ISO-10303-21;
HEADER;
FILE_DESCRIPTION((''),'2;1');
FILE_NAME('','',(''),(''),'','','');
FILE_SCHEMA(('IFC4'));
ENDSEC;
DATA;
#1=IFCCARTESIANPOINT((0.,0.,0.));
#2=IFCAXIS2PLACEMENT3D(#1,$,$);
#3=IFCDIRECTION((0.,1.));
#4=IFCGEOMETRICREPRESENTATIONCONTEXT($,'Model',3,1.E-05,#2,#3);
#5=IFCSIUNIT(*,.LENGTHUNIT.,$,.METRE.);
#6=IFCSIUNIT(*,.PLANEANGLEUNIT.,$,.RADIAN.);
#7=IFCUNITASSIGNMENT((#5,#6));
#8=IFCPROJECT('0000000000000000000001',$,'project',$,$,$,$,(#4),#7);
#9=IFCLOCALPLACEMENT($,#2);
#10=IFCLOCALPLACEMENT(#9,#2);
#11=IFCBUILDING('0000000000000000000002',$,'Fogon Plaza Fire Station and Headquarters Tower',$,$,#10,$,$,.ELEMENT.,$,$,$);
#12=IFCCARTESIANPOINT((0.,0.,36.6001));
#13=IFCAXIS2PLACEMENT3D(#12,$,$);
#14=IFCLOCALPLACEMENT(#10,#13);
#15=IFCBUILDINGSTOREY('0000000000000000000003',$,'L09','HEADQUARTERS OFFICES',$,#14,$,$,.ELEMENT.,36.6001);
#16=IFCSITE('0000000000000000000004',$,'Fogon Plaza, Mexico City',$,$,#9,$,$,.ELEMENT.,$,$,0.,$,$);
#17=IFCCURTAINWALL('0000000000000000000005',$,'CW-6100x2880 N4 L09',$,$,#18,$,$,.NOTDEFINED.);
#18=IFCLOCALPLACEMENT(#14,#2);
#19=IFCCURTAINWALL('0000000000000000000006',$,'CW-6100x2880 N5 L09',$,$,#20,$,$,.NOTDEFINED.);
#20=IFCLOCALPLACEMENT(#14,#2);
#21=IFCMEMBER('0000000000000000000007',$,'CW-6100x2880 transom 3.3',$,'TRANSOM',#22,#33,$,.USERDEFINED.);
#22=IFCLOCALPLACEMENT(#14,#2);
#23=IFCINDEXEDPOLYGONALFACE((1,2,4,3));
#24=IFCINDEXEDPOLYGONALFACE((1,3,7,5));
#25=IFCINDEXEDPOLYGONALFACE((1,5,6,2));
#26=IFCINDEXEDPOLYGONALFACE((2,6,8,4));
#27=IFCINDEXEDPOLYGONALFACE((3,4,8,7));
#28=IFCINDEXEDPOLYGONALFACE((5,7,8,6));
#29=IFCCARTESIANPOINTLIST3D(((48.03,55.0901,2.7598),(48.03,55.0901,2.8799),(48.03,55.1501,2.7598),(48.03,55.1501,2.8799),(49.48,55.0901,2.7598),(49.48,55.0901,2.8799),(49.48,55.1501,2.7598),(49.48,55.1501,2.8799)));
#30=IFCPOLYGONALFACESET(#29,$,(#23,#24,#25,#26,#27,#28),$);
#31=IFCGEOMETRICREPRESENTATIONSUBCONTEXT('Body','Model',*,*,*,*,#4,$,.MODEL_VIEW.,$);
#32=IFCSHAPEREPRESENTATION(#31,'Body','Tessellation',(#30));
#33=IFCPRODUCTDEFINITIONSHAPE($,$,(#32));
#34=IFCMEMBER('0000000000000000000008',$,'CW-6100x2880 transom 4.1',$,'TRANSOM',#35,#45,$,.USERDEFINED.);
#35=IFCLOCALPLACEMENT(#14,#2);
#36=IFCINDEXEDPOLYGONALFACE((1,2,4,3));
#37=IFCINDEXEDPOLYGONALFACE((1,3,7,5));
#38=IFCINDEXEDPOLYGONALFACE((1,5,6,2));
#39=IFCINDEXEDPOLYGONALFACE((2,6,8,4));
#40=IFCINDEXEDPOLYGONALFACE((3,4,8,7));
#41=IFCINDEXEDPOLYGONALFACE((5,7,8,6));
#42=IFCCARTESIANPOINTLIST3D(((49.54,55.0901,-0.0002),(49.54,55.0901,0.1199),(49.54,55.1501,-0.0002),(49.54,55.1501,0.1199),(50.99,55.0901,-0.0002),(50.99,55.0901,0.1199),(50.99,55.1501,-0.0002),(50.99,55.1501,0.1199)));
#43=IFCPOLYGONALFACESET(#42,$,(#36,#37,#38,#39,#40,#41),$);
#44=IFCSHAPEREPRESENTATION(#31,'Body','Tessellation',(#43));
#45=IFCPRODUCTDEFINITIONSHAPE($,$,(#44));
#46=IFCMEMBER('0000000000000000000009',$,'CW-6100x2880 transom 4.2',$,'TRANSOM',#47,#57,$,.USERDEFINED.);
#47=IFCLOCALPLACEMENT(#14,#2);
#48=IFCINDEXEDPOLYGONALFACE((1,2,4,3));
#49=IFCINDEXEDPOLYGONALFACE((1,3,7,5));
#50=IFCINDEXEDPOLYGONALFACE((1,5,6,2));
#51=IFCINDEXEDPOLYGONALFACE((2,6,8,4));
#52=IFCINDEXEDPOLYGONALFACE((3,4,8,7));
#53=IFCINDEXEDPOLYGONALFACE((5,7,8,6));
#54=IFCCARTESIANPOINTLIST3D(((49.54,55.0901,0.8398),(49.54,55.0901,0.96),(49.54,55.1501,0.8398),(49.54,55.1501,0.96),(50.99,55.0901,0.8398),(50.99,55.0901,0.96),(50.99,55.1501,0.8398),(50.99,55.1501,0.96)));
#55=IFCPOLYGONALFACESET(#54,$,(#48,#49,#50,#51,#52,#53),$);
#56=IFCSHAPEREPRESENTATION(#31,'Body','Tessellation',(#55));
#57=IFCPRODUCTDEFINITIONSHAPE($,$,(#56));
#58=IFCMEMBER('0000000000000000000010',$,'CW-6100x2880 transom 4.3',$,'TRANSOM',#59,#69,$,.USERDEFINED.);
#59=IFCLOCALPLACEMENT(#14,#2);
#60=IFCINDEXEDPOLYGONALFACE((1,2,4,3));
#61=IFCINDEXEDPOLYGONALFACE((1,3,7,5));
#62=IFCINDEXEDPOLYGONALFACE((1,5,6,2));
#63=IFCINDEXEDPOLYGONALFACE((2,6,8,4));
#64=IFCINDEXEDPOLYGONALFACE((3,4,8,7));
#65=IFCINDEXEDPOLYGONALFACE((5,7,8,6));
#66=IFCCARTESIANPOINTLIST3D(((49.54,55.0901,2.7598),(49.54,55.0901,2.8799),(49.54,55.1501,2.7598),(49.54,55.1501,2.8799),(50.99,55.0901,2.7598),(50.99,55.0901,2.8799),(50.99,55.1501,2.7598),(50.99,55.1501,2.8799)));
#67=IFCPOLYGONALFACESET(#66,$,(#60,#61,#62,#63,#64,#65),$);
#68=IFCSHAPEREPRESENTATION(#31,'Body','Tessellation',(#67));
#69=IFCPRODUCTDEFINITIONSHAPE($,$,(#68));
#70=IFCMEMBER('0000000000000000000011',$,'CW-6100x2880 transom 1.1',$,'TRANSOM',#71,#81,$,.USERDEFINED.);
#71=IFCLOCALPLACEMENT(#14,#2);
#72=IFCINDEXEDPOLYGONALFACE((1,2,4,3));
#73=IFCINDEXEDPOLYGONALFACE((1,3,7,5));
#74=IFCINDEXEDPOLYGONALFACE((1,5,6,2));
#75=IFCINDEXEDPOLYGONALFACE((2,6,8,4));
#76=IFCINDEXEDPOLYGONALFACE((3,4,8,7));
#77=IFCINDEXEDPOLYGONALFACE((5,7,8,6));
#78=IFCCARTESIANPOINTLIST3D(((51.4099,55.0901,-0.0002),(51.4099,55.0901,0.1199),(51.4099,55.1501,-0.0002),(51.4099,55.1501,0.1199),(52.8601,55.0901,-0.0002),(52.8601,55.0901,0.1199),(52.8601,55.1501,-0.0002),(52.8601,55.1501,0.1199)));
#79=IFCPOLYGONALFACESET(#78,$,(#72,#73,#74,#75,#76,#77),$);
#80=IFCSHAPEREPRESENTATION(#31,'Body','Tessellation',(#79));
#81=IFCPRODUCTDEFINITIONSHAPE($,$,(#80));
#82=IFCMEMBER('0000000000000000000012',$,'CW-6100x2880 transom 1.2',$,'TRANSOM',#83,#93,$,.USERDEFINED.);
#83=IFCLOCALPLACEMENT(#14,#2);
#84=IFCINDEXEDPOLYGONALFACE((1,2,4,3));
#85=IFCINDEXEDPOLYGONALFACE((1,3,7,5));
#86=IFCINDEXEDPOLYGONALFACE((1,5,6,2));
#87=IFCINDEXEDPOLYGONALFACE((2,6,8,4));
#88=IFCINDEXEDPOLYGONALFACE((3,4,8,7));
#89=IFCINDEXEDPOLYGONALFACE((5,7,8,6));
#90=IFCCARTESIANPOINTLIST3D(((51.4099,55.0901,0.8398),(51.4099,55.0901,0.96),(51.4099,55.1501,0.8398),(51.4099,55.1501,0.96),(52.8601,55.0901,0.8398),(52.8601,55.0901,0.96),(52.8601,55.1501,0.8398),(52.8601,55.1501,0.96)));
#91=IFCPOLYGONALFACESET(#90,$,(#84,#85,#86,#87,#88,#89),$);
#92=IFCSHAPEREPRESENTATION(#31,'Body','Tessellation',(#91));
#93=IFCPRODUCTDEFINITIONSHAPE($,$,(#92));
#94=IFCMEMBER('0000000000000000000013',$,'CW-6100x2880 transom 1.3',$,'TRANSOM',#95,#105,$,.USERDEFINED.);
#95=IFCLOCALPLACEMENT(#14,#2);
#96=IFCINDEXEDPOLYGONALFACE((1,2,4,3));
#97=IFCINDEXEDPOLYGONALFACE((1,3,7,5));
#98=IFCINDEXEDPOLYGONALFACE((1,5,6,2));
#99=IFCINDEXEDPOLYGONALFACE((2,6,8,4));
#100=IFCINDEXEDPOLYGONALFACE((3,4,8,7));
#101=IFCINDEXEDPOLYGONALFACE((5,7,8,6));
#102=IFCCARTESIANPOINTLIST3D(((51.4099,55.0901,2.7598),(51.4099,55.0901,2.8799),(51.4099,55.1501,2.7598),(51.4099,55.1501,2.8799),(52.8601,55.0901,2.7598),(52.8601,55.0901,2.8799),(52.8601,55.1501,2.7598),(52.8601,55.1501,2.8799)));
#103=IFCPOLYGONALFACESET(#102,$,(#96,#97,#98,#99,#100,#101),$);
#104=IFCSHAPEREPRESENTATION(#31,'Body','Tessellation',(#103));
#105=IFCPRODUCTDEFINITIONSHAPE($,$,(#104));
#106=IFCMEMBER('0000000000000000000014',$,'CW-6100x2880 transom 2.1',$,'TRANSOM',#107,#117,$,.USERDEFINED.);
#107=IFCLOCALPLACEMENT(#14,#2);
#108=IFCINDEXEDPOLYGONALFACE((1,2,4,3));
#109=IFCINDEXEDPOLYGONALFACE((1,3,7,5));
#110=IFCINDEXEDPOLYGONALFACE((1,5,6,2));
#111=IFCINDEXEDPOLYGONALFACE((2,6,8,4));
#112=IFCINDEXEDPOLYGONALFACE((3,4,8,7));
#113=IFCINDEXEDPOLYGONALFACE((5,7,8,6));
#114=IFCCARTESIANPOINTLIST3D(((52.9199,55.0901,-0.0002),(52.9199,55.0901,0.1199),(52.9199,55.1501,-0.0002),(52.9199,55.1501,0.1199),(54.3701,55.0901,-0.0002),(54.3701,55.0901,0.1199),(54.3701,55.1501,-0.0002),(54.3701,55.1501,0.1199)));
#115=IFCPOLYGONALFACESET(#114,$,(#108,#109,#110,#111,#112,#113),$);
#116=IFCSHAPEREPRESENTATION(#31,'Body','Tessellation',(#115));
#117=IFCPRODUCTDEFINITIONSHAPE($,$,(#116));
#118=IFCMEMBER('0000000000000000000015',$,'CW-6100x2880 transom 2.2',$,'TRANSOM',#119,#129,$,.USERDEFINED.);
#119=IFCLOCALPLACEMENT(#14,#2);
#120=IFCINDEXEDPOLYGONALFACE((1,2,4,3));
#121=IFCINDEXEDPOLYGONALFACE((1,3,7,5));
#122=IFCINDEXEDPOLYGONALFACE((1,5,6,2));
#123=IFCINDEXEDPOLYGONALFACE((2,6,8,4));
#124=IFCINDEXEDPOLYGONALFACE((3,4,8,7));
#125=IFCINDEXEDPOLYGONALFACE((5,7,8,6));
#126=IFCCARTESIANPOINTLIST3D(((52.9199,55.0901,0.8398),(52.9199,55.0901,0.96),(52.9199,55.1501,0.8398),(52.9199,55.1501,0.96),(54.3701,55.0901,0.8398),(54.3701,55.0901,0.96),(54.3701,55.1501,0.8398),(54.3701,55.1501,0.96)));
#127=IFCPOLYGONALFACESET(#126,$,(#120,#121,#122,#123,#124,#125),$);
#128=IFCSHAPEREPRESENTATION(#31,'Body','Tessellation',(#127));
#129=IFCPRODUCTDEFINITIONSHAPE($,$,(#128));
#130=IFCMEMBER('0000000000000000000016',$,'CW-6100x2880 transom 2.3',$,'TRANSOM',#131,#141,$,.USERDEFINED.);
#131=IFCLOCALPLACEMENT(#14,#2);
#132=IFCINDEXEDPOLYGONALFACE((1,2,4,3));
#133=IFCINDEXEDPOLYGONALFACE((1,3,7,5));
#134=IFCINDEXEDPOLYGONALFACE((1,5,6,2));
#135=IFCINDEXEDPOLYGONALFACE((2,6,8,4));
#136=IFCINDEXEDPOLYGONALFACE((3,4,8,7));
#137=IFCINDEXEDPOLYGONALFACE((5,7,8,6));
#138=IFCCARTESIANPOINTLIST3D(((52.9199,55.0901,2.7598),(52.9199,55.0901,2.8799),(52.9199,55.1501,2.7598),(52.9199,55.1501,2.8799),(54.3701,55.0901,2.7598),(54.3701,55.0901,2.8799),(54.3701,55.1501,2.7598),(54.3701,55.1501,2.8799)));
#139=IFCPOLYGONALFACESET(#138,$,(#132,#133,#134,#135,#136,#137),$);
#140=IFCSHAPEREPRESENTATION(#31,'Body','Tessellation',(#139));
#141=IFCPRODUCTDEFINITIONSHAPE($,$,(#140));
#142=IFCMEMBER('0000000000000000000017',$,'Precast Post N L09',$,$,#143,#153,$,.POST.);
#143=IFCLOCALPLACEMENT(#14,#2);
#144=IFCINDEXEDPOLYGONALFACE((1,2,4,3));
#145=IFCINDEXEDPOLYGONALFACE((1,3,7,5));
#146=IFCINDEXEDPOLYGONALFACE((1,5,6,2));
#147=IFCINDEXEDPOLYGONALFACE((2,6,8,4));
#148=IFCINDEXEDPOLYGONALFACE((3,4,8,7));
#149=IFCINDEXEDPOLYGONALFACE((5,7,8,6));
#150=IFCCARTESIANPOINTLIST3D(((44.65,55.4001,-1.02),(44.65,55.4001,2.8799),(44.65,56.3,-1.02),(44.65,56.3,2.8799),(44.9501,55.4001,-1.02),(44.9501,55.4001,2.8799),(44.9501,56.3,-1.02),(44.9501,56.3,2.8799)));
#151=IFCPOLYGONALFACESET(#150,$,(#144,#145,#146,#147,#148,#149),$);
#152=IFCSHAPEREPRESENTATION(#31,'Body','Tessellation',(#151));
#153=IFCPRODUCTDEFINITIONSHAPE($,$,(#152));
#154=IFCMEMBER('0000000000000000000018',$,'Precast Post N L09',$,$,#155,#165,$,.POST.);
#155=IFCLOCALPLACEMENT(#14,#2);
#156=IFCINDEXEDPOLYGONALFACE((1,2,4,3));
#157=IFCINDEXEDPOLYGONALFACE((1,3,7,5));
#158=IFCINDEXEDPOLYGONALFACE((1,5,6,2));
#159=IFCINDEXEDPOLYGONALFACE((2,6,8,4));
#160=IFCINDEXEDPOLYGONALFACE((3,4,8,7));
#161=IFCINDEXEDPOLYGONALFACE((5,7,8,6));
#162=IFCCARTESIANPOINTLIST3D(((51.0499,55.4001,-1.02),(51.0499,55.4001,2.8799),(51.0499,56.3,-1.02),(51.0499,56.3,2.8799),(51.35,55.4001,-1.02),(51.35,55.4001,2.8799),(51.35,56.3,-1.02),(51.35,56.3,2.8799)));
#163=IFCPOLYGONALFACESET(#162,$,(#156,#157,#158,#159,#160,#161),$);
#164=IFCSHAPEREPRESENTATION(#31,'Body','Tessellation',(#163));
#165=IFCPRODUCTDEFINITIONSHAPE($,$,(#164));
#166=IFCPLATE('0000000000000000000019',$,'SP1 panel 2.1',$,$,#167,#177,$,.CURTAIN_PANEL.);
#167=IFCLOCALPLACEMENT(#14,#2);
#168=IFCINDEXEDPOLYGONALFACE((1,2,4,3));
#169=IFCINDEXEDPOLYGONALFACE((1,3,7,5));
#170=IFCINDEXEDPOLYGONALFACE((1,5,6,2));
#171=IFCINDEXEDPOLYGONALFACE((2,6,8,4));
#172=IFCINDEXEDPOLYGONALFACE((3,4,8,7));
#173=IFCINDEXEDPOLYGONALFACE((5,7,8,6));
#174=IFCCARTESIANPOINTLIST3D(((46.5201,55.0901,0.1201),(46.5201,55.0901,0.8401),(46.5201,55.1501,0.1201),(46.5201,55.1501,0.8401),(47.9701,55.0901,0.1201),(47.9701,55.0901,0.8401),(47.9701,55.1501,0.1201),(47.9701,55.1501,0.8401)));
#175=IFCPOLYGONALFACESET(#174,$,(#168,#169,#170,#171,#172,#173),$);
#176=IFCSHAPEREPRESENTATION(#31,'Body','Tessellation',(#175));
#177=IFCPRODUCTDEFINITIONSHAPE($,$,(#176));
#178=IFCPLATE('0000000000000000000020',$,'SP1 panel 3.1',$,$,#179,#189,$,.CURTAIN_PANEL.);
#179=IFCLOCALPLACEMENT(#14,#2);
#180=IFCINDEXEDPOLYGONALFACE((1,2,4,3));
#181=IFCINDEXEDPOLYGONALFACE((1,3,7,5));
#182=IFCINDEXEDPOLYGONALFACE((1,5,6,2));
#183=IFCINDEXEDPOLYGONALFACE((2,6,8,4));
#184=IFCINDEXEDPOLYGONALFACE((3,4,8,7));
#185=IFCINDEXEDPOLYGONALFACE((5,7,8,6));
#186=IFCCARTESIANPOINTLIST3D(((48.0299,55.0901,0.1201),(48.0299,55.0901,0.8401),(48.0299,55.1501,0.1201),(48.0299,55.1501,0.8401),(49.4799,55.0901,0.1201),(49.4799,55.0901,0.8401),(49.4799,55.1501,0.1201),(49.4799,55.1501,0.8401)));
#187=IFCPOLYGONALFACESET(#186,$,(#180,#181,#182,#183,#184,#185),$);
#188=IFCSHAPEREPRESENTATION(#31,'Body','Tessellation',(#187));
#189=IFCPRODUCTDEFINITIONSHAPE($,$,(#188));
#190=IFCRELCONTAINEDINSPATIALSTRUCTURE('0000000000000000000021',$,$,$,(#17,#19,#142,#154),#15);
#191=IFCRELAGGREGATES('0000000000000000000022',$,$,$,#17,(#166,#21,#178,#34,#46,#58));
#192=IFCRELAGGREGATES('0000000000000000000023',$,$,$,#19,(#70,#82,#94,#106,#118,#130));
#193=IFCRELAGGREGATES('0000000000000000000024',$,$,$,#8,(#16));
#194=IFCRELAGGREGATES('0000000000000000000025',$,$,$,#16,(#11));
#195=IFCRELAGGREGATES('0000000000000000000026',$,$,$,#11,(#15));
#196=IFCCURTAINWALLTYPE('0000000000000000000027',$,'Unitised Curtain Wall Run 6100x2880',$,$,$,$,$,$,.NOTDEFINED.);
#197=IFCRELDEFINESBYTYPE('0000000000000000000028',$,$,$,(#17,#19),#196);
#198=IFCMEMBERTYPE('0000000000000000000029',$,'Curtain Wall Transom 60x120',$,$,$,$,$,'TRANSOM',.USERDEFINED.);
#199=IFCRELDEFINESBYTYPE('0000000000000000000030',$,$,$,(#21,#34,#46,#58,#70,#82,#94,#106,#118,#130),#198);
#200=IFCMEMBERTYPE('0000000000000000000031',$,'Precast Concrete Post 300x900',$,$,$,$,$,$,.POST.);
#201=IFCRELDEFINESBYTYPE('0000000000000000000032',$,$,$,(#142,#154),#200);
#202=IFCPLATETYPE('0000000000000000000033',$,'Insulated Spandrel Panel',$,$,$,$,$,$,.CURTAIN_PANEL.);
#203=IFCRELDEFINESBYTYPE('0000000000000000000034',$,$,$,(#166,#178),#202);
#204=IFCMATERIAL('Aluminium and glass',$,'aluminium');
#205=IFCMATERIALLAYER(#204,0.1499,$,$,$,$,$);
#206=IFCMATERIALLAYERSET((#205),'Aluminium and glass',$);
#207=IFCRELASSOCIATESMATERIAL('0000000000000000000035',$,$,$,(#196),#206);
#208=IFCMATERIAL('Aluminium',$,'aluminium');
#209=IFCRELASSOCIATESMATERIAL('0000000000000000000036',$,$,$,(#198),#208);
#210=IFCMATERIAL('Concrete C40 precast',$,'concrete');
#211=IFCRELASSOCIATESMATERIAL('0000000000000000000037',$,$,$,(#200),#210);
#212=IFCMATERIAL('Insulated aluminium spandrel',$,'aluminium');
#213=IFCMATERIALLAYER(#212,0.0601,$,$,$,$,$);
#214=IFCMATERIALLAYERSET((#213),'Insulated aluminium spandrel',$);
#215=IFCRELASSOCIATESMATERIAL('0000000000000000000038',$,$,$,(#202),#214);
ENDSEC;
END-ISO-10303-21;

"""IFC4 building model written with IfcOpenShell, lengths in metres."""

from ifc_helpers import new_model, si_unit, direction, frame, origin, origin_2d, place, context, subcontext, project, spatial, rectangle, extrude, material, layer, layer_set, material_profile, profile_set, type_object, element, aggregate, save


model = new_model("IFC4")

# Units and contexts
model_context = context("Model", 3, precision=1e-05, world=origin(), true_north=direction((0.0, 1.0)))
body_context = subcontext(model_context, "Body", "Model", "MODEL_VIEW")
ifc_project = project(units=[si_unit("LENGTHUNIT", "METRE"), si_unit("PLANEANGLEUNIT", "RADIAN")], contexts=[model_context])

# Site, building, storey
site_placement = place(None, origin())
site = spatial("IfcSite", under=ifc_project, at=site_placement, Name="Fogon Plaza, Mexico City", CompositionType="ELEMENT", RefElevation=0.0)
building_placement = place(site_placement, origin())
building = spatial("IfcBuilding", under=site, at=building_placement, Name="Fogon Plaza Fire Station and Headquarters Tower", CompositionType="ELEMENT")
storey_placement = place(building_placement, frame((0.0, 0.0, 36.6001)))
storey = spatial("IfcBuildingStorey", under=building, at=storey_placement, Name="L09", Description="HEADQUARTERS OFFICES", CompositionType="ELEMENT", Elevation=36.6001)

# Curtain walls
ifc_material_1 = material(Name="Aluminium and glass", Category="aluminium")
ifc_layer_1 = layer(ifc_material_1, 0.1499)
ifc_layer_set_1 = layer_set([ifc_layer_1], Name="Aluminium and glass")
curtain_wall_type = type_object("IfcCurtainWallType", Name="Unitised Curtain Wall Run 6100x2880", PredefinedType="NOTDEFINED", material=ifc_layer_set_1)
curtain_wall_1_placement = place(storey_placement, origin())
curtain_wall_1 = element("IfcCurtainWall", 1, at=curtain_wall_1_placement, inside=storey, type_object=curtain_wall_type, Name="CW-6100x2880 N4 L09", PredefinedType="NOTDEFINED")
curtain_wall_2_placement = place(storey_placement, origin())
curtain_wall_2 = element("IfcCurtainWall", 2, at=curtain_wall_2_placement, inside=storey, type_object=curtain_wall_type, Name="CW-6100x2880 N5 L09", PredefinedType="NOTDEFINED")

# Members
ifc_material_2 = material(Name="Aluminium", Category="aluminium")
ifc_material_profile_1 = material_profile(ifc_material_2, rectangle(XDim=0.0601, YDim=0.1201, at=origin_2d()), Name="Curtain Wall Transom 60x120")
ifc_profile_set_1 = profile_set([ifc_material_profile_1], Name="Aluminium")
member_type_1 = type_object("IfcMemberType", Name="Curtain Wall Transom 60x120", ElementType="TRANSOM", PredefinedType="USERDEFINED", material=ifc_profile_set_1)
member_1_placement = place(storey_placement, frame((48.03, 55.1201, 2.8198), z_axis=(1.0, 0.0, 0.0), x_axis=(0.0, 1.0, 0.0)))
member_1 = element("IfcMember", 3, at=member_1_placement, type_object=member_type_1, Name="CW-6100x2880 transom 3.3", ObjectType="TRANSOM", PredefinedType="USERDEFINED", context=body_context, shape_type="SweptSolid", body=[
    extrude(rectangle(XDim=0.0601, YDim=0.1201, at=origin_2d()), origin(), (0.0, 0.0, 1.0), 1.45),
])
member_2_placement = place(storey_placement, frame((49.54, 55.1201, 0.0598), z_axis=(1.0, 0.0, 0.0), x_axis=(0.0, 1.0, 0.0)))
member_2 = element("IfcMember", 4, at=member_2_placement, type_object=member_type_1, Name="CW-6100x2880 transom 4.1", ObjectType="TRANSOM", PredefinedType="USERDEFINED", context=body_context, shape_type="SweptSolid", body=[
    extrude(rectangle(XDim=0.0601, YDim=0.1201, at=origin_2d()), origin(), (0.0, 0.0, 1.0), 1.45),
])
member_3_placement = place(storey_placement, frame((49.54, 55.1201, 0.8999), z_axis=(1.0, 0.0, 0.0), x_axis=(0.0, 1.0, 0.0)))
member_3 = element("IfcMember", 5, at=member_3_placement, type_object=member_type_1, Name="CW-6100x2880 transom 4.2", ObjectType="TRANSOM", PredefinedType="USERDEFINED", context=body_context, shape_type="SweptSolid", body=[
    extrude(rectangle(XDim=0.0601, YDim=0.1201, at=origin_2d()), origin(), (0.0, 0.0, 1.0), 1.45),
])
member_4_placement = place(storey_placement, frame((49.54, 55.1201, 2.8198), z_axis=(1.0, 0.0, 0.0), x_axis=(0.0, 1.0, 0.0)))
member_4 = element("IfcMember", 6, at=member_4_placement, type_object=member_type_1, Name="CW-6100x2880 transom 4.3", ObjectType="TRANSOM", PredefinedType="USERDEFINED", context=body_context, shape_type="SweptSolid", body=[
    extrude(rectangle(XDim=0.0601, YDim=0.1201, at=origin_2d()), origin(), (0.0, 0.0, 1.0), 1.45),
])
member_5_placement = place(storey_placement, frame((51.4099, 55.1201, 0.0598), z_axis=(1.0, 0.0, 0.0), x_axis=(0.0, 1.0, 0.0)))
member_5 = element("IfcMember", 7, at=member_5_placement, type_object=member_type_1, Name="CW-6100x2880 transom 1.1", ObjectType="TRANSOM", PredefinedType="USERDEFINED", context=body_context, shape_type="SweptSolid", body=[
    extrude(rectangle(XDim=0.0601, YDim=0.1201, at=origin_2d()), origin(), (0.0, 0.0, 1.0), 1.4502),
])
member_6_placement = place(storey_placement, frame((51.4099, 55.1201, 0.8999), z_axis=(1.0, 0.0, 0.0), x_axis=(0.0, 1.0, 0.0)))
member_6 = element("IfcMember", 8, at=member_6_placement, type_object=member_type_1, Name="CW-6100x2880 transom 1.2", ObjectType="TRANSOM", PredefinedType="USERDEFINED", context=body_context, shape_type="SweptSolid", body=[
    extrude(rectangle(XDim=0.0601, YDim=0.1201, at=origin_2d()), origin(), (0.0, 0.0, 1.0), 1.4502),
])
member_7_placement = place(storey_placement, frame((51.4099, 55.1201, 2.8198), z_axis=(1.0, 0.0, 0.0), x_axis=(0.0, 1.0, 0.0)))
member_7 = element("IfcMember", 9, at=member_7_placement, type_object=member_type_1, Name="CW-6100x2880 transom 1.3", ObjectType="TRANSOM", PredefinedType="USERDEFINED", context=body_context, shape_type="SweptSolid", body=[
    extrude(rectangle(XDim=0.0601, YDim=0.1201, at=origin_2d()), origin(), (0.0, 0.0, 1.0), 1.4502),
])
member_8_placement = place(storey_placement, frame((52.9199, 55.1201, 0.0598), z_axis=(1.0, 0.0, 0.0), x_axis=(0.0, 1.0, 0.0)))
member_8 = element("IfcMember", 10, at=member_8_placement, type_object=member_type_1, Name="CW-6100x2880 transom 2.1", ObjectType="TRANSOM", PredefinedType="USERDEFINED", context=body_context, shape_type="SweptSolid", body=[
    extrude(rectangle(XDim=0.0601, YDim=0.1201, at=origin_2d()), origin(), (0.0, 0.0, 1.0), 1.4502),
])
member_9_placement = place(storey_placement, frame((52.9199, 55.1201, 0.8999), z_axis=(1.0, 0.0, 0.0), x_axis=(0.0, 1.0, 0.0)))
member_9 = element("IfcMember", 11, at=member_9_placement, type_object=member_type_1, Name="CW-6100x2880 transom 2.2", ObjectType="TRANSOM", PredefinedType="USERDEFINED", context=body_context, shape_type="SweptSolid", body=[
    extrude(rectangle(XDim=0.0601, YDim=0.1201, at=origin_2d()), origin(), (0.0, 0.0, 1.0), 1.4502),
])
member_10_placement = place(storey_placement, frame((52.9199, 55.1201, 2.8198), z_axis=(1.0, 0.0, 0.0), x_axis=(0.0, 1.0, 0.0)))
member_10 = element("IfcMember", 12, at=member_10_placement, type_object=member_type_1, Name="CW-6100x2880 transom 2.3", ObjectType="TRANSOM", PredefinedType="USERDEFINED", context=body_context, shape_type="SweptSolid", body=[
    extrude(rectangle(XDim=0.0601, YDim=0.1201, at=origin_2d()), origin(), (0.0, 0.0, 1.0), 1.4502),
])

# Members
ifc_material_3 = material(Name="Concrete C40 precast", Category="concrete")
ifc_material_profile_2 = material_profile(ifc_material_3, rectangle(XDim=0.3, YDim=0.8999, at=origin_2d()), Name="Precast Concrete Post 300x900")
ifc_profile_set_2 = profile_set([ifc_material_profile_2], Name="Concrete C40 precast")
member_type_2 = type_object("IfcMemberType", Name="Precast Concrete Post 300x900", PredefinedType="POST", material=ifc_profile_set_2)
for number, where, z_axis, x_axis, name in (
    (13, (44.8, 55.8501, -1.02), (0.0, 0.0, 1.0), (1.0, 0.0, 0.0), "Precast Post N L09"),
    (14, (51.2, 55.8501, -1.02), (0.0, 0.0, 1.0), (1.0, 0.0, 0.0), "Precast Post N L09"),
):
    element("IfcMember", number, at=place(storey_placement, frame(where, z_axis=z_axis, x_axis=x_axis)), inside=storey, type_object=member_type_2, Name=name, PredefinedType="POST", context=body_context, shape_type="SweptSolid", body=[
        extrude(rectangle(XDim=0.3, YDim=0.8999, at=origin_2d()), origin(), (0.0, 0.0, 1.0), 3.8999),
    ])

# Plates
ifc_material_4 = material(Name="Insulated aluminium spandrel", Category="aluminium")
ifc_layer_2 = layer(ifc_material_4, 0.0601)
ifc_layer_set_2 = layer_set([ifc_layer_2], Name="Insulated aluminium spandrel")
plate_type_1 = type_object("IfcPlateType", Name="Insulated Spandrel Panel", PredefinedType="CURTAIN_PANEL", material=ifc_layer_set_2)
plate_1_placement = place(storey_placement, frame((47.2451, 55.1201, 0.1201), z_axis=(0.0, 0.0, 1.0), x_axis=(1.0, 0.0, 0.0)))
plate_1 = element("IfcPlate", 15, at=plate_1_placement, type_object=plate_type_1, Name="SP1 panel 2.1", PredefinedType="CURTAIN_PANEL", context=body_context, shape_type="SweptSolid", body=[
    extrude(rectangle(XDim=1.45, YDim=0.0601, at=origin_2d()), origin(), (0.0, 0.0, 1.0), 0.72),
])
plate_2_placement = place(storey_placement, frame((48.7549, 55.1201, 0.1201), z_axis=(0.0, 0.0, 1.0), x_axis=(1.0, 0.0, 0.0)))
plate_2 = element("IfcPlate", 16, at=plate_2_placement, type_object=plate_type_1, Name="SP1 panel 3.1", PredefinedType="CURTAIN_PANEL", context=body_context, shape_type="SweptSolid", body=[
    extrude(rectangle(XDim=1.45, YDim=0.0601, at=origin_2d()), origin(), (0.0, 0.0, 1.0), 0.72),
])
aggregate(curtain_wall_1, [plate_1, member_1, plate_2, member_2, member_3, member_4])
aggregate(curtain_wall_2, [member_5, member_6, member_7, member_8, member_9, member_10])

save(model, "model.ifc")
